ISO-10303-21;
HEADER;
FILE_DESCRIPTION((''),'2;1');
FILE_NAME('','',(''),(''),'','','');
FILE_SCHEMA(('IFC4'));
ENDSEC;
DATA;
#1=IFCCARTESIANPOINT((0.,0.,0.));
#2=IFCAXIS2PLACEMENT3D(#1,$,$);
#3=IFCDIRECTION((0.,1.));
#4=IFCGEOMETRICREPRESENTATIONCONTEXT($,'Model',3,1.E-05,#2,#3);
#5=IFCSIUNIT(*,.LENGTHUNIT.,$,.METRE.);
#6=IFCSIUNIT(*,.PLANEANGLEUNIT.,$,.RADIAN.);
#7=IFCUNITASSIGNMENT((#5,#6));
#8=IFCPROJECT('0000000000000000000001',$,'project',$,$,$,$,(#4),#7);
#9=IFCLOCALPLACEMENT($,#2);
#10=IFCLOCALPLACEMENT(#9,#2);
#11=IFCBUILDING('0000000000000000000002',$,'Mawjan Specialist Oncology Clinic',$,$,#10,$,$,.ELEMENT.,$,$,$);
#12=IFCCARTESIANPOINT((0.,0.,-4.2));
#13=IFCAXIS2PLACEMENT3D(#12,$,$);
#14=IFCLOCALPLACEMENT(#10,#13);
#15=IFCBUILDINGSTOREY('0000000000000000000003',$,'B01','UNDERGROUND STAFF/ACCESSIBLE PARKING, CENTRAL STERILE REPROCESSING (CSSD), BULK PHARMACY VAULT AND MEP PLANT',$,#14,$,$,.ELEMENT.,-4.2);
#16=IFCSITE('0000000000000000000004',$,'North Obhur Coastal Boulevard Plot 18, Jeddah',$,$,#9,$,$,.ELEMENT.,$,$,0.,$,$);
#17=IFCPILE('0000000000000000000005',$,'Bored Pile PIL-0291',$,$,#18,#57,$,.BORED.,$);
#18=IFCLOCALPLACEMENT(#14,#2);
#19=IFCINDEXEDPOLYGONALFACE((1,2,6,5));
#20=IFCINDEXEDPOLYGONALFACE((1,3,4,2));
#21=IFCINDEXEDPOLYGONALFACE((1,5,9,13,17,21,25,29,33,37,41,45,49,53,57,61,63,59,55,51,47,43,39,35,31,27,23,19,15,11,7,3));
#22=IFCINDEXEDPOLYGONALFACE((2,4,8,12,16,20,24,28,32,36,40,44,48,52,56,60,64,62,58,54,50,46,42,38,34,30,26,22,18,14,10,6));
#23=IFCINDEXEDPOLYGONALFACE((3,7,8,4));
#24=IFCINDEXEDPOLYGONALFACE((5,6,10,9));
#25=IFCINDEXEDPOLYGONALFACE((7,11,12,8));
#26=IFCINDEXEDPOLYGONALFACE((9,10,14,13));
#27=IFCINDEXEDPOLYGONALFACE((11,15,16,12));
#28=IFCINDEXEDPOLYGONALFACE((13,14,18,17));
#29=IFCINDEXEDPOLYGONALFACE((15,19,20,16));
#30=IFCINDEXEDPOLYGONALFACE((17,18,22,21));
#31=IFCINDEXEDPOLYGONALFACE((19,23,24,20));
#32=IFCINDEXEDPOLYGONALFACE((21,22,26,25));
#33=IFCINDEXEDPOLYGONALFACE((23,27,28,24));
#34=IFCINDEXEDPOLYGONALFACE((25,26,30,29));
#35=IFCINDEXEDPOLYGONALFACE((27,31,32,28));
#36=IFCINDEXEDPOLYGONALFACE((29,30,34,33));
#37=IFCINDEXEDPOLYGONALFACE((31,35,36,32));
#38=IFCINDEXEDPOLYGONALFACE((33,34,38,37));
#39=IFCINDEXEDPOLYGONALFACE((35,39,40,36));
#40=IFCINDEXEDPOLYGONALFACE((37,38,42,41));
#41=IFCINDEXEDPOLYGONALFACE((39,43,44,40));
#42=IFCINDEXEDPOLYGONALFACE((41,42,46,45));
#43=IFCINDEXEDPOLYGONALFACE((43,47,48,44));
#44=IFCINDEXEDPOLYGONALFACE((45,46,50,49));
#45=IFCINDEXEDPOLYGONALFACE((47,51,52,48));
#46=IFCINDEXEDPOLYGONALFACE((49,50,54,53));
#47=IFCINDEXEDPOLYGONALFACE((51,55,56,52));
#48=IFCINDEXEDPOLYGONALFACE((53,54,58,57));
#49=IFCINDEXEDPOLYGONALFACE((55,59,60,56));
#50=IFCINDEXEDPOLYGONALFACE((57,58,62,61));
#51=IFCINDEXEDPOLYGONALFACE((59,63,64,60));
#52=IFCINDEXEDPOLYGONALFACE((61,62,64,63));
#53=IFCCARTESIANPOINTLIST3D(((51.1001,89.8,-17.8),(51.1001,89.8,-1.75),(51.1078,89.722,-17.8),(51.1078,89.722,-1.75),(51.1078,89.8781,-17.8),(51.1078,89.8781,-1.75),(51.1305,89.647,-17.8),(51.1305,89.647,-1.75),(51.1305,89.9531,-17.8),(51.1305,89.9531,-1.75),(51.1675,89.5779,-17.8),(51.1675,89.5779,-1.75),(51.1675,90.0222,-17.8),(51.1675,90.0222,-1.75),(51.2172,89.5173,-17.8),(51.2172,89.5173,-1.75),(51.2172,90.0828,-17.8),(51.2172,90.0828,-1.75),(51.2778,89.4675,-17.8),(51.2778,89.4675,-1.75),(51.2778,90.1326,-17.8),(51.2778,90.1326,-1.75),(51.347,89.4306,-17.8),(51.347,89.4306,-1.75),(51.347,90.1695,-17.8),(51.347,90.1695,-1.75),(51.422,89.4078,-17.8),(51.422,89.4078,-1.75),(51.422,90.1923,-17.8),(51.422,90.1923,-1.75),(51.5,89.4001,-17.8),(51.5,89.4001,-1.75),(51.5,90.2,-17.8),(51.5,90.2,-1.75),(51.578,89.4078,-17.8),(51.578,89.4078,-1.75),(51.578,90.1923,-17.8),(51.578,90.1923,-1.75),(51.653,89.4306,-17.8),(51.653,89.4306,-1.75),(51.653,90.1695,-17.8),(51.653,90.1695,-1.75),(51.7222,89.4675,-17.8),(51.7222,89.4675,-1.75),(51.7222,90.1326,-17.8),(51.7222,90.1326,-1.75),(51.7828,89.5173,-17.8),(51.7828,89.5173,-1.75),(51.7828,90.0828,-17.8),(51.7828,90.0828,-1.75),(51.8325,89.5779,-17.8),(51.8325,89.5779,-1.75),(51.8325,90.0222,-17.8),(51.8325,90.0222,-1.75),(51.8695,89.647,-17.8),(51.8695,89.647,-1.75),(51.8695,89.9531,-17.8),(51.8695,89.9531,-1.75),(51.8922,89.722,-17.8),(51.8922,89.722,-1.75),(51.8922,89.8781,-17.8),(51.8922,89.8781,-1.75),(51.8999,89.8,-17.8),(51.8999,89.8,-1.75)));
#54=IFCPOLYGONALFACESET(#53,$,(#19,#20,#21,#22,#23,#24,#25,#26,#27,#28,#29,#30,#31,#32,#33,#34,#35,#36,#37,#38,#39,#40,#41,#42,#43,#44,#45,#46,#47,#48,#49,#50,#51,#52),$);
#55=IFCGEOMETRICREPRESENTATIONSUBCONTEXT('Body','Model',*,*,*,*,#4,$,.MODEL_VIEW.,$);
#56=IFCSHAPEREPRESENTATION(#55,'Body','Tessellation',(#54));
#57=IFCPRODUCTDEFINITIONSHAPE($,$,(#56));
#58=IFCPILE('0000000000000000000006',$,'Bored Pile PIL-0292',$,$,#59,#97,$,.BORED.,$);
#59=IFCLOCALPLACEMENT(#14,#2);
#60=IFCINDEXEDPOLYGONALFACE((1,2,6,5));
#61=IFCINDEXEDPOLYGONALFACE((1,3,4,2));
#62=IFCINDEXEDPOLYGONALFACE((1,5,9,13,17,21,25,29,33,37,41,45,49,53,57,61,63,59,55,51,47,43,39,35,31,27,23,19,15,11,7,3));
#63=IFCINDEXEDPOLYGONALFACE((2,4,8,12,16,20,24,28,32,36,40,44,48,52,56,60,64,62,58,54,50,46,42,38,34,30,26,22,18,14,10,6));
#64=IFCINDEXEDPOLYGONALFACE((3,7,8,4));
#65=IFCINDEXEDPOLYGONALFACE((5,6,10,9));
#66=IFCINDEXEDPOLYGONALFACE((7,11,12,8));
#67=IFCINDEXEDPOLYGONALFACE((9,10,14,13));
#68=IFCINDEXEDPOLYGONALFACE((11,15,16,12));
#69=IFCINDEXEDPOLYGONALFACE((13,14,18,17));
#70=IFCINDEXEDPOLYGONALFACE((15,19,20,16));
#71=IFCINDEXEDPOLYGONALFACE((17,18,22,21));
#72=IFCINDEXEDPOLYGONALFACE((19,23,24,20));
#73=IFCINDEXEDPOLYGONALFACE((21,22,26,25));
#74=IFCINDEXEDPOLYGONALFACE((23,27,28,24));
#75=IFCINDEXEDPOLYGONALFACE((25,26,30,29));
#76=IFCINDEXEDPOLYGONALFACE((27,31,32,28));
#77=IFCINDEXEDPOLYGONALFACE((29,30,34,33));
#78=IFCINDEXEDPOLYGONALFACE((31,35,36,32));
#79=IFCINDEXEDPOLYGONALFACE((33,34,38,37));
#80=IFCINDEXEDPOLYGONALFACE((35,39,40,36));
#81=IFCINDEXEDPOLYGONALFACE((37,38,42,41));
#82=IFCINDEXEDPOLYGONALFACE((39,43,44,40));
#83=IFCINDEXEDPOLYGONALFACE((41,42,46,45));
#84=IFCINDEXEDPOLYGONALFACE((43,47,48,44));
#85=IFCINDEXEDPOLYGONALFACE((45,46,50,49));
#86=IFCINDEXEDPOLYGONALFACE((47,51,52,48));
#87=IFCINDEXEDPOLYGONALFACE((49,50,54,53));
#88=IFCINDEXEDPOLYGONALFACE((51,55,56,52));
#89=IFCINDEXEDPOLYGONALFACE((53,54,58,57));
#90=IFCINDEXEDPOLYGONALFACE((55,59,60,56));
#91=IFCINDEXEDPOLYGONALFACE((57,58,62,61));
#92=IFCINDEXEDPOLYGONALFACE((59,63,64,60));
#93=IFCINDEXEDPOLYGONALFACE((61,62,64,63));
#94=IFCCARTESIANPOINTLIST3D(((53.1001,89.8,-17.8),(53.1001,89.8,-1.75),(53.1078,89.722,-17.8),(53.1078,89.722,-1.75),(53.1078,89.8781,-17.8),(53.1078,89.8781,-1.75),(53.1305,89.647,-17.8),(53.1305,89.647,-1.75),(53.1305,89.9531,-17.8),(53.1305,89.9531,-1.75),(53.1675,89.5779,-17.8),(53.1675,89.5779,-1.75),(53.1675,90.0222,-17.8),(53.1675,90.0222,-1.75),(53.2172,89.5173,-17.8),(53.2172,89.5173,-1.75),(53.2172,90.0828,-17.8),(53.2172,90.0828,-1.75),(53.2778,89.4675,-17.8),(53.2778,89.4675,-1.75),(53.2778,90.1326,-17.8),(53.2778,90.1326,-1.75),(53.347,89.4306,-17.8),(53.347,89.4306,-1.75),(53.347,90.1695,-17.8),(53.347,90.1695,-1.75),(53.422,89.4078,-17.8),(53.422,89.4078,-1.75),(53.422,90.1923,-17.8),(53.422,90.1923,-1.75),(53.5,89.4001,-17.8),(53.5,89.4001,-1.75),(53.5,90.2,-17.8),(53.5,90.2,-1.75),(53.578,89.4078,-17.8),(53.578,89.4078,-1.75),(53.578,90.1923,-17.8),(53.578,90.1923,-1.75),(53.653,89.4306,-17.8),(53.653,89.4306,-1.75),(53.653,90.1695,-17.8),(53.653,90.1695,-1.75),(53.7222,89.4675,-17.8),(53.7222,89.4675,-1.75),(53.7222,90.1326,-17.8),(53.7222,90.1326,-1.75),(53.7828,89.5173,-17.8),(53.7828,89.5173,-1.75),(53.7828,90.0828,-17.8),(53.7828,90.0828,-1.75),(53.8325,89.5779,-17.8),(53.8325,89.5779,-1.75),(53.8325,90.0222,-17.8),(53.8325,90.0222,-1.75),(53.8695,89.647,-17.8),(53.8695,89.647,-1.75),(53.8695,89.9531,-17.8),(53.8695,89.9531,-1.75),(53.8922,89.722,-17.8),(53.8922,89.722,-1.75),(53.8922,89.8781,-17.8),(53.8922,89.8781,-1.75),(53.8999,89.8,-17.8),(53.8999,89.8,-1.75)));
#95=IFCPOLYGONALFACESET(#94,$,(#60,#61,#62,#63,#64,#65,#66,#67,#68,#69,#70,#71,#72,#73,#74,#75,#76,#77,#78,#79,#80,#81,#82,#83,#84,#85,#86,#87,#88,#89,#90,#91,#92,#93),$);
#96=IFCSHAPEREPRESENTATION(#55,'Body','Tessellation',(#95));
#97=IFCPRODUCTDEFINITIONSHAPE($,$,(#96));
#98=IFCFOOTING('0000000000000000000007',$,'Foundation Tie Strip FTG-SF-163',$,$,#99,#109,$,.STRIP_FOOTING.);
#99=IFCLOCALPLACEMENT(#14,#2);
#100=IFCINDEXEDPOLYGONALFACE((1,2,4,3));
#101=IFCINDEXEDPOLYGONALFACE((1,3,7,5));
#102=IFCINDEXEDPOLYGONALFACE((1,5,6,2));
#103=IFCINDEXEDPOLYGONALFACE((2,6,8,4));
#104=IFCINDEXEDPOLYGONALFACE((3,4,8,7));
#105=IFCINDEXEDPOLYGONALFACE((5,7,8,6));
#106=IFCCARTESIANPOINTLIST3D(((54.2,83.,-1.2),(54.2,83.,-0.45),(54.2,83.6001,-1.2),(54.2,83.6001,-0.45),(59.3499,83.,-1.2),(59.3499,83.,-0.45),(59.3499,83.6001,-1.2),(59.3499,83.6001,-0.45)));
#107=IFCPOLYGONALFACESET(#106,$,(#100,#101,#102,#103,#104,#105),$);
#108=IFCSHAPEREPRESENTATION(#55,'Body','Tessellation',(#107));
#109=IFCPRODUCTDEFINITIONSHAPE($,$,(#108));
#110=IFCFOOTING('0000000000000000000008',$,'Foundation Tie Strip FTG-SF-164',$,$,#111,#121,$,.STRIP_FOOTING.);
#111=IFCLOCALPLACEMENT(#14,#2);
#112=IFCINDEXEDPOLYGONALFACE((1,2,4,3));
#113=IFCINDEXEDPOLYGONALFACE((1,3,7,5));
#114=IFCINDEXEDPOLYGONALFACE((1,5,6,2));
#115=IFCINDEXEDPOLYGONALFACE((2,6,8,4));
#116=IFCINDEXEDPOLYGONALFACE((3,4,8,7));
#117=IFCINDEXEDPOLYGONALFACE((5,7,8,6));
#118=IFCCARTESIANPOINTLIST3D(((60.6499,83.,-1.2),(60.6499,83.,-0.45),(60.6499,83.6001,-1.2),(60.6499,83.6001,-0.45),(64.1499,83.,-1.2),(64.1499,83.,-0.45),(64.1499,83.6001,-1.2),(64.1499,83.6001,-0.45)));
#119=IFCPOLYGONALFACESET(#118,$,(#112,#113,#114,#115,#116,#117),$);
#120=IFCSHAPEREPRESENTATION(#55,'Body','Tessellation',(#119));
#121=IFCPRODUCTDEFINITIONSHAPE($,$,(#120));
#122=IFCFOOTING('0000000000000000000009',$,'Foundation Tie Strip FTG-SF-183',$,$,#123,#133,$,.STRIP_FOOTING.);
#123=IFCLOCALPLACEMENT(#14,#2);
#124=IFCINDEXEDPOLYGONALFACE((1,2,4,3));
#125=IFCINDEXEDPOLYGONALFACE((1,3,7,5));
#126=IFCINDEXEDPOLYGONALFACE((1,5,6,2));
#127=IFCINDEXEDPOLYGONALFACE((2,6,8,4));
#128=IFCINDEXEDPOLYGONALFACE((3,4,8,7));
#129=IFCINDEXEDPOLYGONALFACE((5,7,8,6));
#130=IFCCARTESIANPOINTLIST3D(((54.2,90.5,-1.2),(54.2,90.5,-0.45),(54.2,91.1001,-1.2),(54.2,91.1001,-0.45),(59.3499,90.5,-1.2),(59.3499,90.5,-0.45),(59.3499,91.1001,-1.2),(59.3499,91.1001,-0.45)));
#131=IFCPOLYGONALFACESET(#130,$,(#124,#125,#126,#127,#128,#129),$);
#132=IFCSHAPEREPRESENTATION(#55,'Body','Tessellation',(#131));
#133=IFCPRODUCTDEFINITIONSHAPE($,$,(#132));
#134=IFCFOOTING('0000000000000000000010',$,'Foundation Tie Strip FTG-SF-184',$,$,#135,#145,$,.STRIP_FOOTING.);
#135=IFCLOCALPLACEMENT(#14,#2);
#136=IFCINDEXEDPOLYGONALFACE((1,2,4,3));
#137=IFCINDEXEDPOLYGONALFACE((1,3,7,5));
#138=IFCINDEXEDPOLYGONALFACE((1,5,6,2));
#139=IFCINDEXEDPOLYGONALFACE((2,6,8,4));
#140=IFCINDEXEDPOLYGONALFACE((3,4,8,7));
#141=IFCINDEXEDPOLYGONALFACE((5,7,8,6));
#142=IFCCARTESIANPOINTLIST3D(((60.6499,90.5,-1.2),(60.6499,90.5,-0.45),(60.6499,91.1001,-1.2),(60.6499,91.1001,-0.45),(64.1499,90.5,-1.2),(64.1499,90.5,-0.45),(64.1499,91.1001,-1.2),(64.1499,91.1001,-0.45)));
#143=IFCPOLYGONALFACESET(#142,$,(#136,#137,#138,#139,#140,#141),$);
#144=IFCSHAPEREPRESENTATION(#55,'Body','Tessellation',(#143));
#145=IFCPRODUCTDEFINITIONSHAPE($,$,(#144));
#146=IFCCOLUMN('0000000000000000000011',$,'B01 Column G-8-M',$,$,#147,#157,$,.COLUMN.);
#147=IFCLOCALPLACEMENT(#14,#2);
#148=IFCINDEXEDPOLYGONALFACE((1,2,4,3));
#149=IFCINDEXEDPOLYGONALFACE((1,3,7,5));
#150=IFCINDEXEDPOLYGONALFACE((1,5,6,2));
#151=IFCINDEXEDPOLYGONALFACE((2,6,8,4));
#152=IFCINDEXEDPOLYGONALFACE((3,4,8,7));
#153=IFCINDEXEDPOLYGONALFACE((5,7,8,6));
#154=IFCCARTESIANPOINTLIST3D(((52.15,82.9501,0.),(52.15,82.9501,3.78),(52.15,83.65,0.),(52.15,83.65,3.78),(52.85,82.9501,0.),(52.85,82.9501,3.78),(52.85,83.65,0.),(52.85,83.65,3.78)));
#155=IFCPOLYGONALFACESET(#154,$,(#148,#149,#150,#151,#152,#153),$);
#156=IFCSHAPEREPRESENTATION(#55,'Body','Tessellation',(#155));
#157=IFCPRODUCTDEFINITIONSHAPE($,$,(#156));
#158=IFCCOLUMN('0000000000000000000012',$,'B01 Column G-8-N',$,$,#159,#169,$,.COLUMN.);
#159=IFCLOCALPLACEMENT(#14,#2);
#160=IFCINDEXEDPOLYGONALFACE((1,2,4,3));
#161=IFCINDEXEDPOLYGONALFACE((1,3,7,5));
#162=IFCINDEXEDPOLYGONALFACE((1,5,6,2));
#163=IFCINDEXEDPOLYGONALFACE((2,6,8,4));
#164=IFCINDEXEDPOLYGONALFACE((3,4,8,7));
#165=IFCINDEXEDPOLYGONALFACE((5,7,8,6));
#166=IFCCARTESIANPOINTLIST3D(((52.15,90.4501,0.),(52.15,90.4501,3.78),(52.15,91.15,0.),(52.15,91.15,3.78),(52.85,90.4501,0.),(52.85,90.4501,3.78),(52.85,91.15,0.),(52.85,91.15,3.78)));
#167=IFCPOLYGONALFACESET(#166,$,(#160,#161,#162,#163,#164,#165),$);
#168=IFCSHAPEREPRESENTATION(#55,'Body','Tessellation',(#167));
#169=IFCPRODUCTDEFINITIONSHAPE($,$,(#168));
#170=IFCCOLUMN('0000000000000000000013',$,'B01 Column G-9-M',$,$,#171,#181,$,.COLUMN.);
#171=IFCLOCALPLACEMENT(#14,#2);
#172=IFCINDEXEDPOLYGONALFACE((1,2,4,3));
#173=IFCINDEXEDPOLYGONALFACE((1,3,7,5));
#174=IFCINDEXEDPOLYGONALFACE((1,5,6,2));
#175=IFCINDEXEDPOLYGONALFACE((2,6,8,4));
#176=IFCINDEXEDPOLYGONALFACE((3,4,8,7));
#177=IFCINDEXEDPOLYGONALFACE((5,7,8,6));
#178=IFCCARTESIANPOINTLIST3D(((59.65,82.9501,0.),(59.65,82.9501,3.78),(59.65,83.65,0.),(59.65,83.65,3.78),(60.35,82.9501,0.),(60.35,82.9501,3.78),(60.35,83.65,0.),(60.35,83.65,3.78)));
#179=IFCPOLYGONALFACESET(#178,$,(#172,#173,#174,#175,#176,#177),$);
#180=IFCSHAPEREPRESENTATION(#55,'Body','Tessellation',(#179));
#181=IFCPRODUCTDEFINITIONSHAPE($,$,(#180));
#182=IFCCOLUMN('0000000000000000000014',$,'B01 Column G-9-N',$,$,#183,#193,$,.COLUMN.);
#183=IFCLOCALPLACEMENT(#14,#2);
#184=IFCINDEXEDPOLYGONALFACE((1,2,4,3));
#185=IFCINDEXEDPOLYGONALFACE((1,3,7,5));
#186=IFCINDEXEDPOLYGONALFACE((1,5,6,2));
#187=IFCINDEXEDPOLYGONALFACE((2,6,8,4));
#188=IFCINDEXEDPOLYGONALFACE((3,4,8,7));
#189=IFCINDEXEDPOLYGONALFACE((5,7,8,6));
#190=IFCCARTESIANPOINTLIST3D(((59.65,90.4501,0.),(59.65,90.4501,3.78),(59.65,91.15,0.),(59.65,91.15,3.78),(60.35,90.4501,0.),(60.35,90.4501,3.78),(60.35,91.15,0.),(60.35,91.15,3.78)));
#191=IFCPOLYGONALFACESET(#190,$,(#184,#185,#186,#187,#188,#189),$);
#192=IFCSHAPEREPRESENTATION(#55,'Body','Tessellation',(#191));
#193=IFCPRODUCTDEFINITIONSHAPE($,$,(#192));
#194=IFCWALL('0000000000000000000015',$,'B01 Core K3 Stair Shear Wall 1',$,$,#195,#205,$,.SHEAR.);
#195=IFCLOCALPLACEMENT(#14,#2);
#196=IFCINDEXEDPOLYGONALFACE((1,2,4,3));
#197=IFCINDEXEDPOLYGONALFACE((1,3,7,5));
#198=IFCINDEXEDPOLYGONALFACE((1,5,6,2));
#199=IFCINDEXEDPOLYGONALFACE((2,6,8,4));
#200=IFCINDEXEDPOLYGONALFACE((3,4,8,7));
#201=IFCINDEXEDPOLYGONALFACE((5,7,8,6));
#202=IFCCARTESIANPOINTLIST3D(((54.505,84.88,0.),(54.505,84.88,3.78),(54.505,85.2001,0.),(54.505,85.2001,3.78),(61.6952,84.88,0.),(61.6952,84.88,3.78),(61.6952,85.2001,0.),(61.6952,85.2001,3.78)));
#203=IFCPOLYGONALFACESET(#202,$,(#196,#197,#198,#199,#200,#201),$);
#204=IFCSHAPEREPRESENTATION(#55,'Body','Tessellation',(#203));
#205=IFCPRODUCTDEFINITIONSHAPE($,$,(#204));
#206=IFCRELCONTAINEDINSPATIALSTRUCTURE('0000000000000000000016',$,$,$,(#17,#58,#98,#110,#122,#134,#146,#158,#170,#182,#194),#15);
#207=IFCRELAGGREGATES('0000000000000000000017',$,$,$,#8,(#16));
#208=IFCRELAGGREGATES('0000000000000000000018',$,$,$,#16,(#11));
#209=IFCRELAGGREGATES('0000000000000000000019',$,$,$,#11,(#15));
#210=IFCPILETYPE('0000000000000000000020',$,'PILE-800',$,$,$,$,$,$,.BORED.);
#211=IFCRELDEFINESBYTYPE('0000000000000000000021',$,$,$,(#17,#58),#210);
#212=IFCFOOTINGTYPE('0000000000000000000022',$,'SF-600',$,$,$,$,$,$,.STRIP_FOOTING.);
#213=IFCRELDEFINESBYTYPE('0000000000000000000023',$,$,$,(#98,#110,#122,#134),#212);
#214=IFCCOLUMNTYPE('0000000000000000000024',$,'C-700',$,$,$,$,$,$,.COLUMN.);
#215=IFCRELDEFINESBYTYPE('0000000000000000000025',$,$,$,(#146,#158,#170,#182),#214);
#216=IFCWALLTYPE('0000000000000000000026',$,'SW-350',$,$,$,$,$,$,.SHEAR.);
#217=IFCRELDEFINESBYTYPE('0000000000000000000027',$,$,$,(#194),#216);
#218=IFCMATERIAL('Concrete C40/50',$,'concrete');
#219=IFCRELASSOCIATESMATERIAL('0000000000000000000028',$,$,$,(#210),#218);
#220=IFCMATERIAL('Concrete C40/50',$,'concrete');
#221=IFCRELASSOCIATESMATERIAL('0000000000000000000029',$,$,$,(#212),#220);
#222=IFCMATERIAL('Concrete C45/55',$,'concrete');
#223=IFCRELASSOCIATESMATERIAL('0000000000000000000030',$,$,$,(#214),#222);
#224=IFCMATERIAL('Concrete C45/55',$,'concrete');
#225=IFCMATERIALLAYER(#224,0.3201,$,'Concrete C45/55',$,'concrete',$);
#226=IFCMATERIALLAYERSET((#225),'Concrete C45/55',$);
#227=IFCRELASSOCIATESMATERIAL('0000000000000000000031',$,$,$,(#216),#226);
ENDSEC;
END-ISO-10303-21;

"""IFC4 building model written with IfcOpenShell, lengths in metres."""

from ifc_helpers import new_model, si_unit, direction, frame, frame_2d, origin, origin_2d, place, context, subcontext, project, spatial, rectangle, circle, extrude, material, layer, layer_set, material_profile, profile_set, type_object, element, save


model = new_model("IFC4")

# Units and contexts
model_context = context("Model", 3, precision=1e-05, world=origin(), true_north=direction((0.0, 1.0)))
body_context = subcontext(model_context, "Body", "Model", "MODEL_VIEW")
ifc_project = project(units=[si_unit("LENGTHUNIT", "METRE"), si_unit("PLANEANGLEUNIT", "RADIAN")], contexts=[model_context])

# Site, building, storey
site_placement = place(None, origin())
site = spatial("IfcSite", under=ifc_project, at=site_placement, Name="North Obhur Coastal Boulevard Plot 18, Jeddah", CompositionType="ELEMENT", RefElevation=0.0)
building_placement = place(site_placement, origin())
building = spatial("IfcBuilding", under=site, at=building_placement, Name="Mawjan Specialist Oncology Clinic", CompositionType="ELEMENT")
storey_placement = place(building_placement, frame((0.0, 0.0, -4.2)))
storey = spatial("IfcBuildingStorey", under=building, at=storey_placement, Name="B01", Description="UNDERGROUND STAFF/ACCESSIBLE PARKING, CENTRAL STERILE REPROCESSING (CSSD), BULK PHARMACY VAULT AND MEP PLANT", CompositionType="ELEMENT", Elevation=-4.2)

# Piles
ifc_material_1 = material(Name="Concrete C40/50", Category="concrete")
ifc_material_profile_1 = material_profile(ifc_material_1, circle(Radius=0.3999, at=origin_2d()), Name="BORED PILE D800", Category="concrete")
ifc_profile_set_1 = profile_set([ifc_material_profile_1], Name="Concrete C40/50")
pile_type_1 = type_object("IfcPileType", Name="PILE-800", PredefinedType="BORED", material=ifc_profile_set_1)
for number, where, z_axis, x_axis, name in (
    (1, (51.5, 89.8, -1.75), (0.0, 0.0, -1.0), (1.0, 0.0, 0.0), "Bored Pile PIL-0291"),
    (2, (53.5, 89.8, -1.75), (0.0, 0.0, -1.0), (1.0, 0.0, 0.0), "Bored Pile PIL-0292"),
):
    element("IfcPile", number, at=place(storey_placement, frame(where, z_axis=z_axis, x_axis=x_axis)), inside=storey, type_object=pile_type_1, Name=name, PredefinedType="BORED", context=body_context, shape_type="SweptSolid", body=[
        extrude(circle(Radius=0.3999, at=origin_2d()), origin(), (0.0, 0.0, 1.0), 16.05),
    ])

# Footings
ifc_material_2 = material(Name="Concrete C40/50", Category="concrete")
footing_type_1 = type_object("IfcFootingType", Name="SF-600", PredefinedType="STRIP_FOOTING", material=ifc_material_2)
footing_1_placement = place(storey_placement, frame((56.7749, 83.3, -1.2), z_axis=(0.0, 0.0, 1.0), x_axis=(1.0, 0.0, 0.0)))
element("IfcFooting", 3, at=footing_1_placement, inside=storey, type_object=footing_type_1, Name="Foundation Tie Strip FTG-SF-163", PredefinedType="STRIP_FOOTING", context=body_context, shape_type="SweptSolid", body=[
    extrude(rectangle(XDim=5.1499, YDim=0.6001, at=origin_2d()), origin(), (0.0, 0.0, 1.0), 0.75),
])
footing_2_placement = place(storey_placement, frame((62.3999, 83.3, -1.2), z_axis=(0.0, 0.0, 1.0), x_axis=(1.0, 0.0, 0.0)))
element("IfcFooting", 4, at=footing_2_placement, inside=storey, type_object=footing_type_1, Name="Foundation Tie Strip FTG-SF-164", PredefinedType="STRIP_FOOTING", context=body_context, shape_type="SweptSolid", body=[
    extrude(rectangle(XDim=3.5, YDim=0.6001, at=origin_2d()), origin(), (0.0, 0.0, 1.0), 0.75),
])
footing_3_placement = place(storey_placement, frame((56.7749, 90.8, -1.2), z_axis=(0.0, 0.0, 1.0), x_axis=(1.0, 0.0, 0.0)))
element("IfcFooting", 5, at=footing_3_placement, inside=storey, type_object=footing_type_1, Name="Foundation Tie Strip FTG-SF-183", PredefinedType="STRIP_FOOTING", context=body_context, shape_type="SweptSolid", body=[
    extrude(rectangle(XDim=5.1499, YDim=0.6001, at=origin_2d()), origin(), (0.0, 0.0, 1.0), 0.75),
])
footing_4_placement = place(storey_placement, frame((62.3999, 90.8, -1.2), z_axis=(0.0, 0.0, 1.0), x_axis=(1.0, 0.0, 0.0)))
element("IfcFooting", 6, at=footing_4_placement, inside=storey, type_object=footing_type_1, Name="Foundation Tie Strip FTG-SF-184", PredefinedType="STRIP_FOOTING", context=body_context, shape_type="SweptSolid", body=[
    extrude(rectangle(XDim=3.5, YDim=0.6001, at=origin_2d()), origin(), (0.0, 0.0, 1.0), 0.75),
])

# Columns
ifc_material_3 = material(Name="Concrete C45/55", Category="concrete")
ifc_material_profile_2 = material_profile(ifc_material_3, rectangle(XDim=0.7, YDim=0.7, at=origin_2d()), Name="RC COL 700x700", Category="concrete")
ifc_profile_set_2 = profile_set([ifc_material_profile_2], Name="Concrete C45/55")
column_type = type_object("IfcColumnType", Name="C-700", PredefinedType="COLUMN", material=ifc_profile_set_2)
for number, where, z_axis, x_axis, name in (
    (7, (52.5, 83.3, 0.0), (0.0, 0.0, 1.0), (1.0, 0.0, 0.0), "B01 Column G-8-M"),
    (8, (52.5, 90.8, 0.0), (0.0, 0.0, 1.0), (1.0, 0.0, 0.0), "B01 Column G-8-N"),
    (9, (60.0, 83.3, 0.0), (0.0, 0.0, 1.0), (1.0, 0.0, 0.0), "B01 Column G-9-M"),
    (10, (60.0, 90.8, 0.0), (0.0, 0.0, 1.0), (1.0, 0.0, 0.0), "B01 Column G-9-N"),
):
    element("IfcColumn", number, at=place(storey_placement, frame(where, z_axis=z_axis, x_axis=x_axis)), inside=storey, type_object=column_type, Name=name, PredefinedType="COLUMN", context=body_context, shape_type="SweptSolid", body=[
        extrude(rectangle(XDim=0.7, YDim=0.7, at=origin_2d()), origin(), (0.0, 0.0, 1.0), 3.78),
    ])

# Wall
ifc_material_4 = material(Name="Concrete C45/55", Category="concrete")
ifc_layer_1 = layer(ifc_material_4, 0.3201, Name="Concrete C45/55", Category="concrete")
ifc_layer_set_1 = layer_set([ifc_layer_1], Name="Concrete C45/55")
wall_type = type_object("IfcWallType", Name="SW-350", PredefinedType="SHEAR", material=ifc_layer_set_1)
wall_1_placement = place(storey_placement, frame((54.5049, 85.04, 0.0), z_axis=(0.0, 0.0, 1.0), x_axis=(1.0, 0.0, 0.0)))
element("IfcWall", 11, at=wall_1_placement, inside=storey, type_object=wall_type, Name="B01 Core K3 Stair Shear Wall 1", PredefinedType="SHEAR", context=body_context, shape_type="SweptSolid", body=[
    extrude(rectangle(XDim=7.1902, YDim=0.3201, at=frame_2d((3.5952, 0.0))), origin(), (0.0, 0.0, 1.0), 3.78),
])

save(model, "model.ifc")
